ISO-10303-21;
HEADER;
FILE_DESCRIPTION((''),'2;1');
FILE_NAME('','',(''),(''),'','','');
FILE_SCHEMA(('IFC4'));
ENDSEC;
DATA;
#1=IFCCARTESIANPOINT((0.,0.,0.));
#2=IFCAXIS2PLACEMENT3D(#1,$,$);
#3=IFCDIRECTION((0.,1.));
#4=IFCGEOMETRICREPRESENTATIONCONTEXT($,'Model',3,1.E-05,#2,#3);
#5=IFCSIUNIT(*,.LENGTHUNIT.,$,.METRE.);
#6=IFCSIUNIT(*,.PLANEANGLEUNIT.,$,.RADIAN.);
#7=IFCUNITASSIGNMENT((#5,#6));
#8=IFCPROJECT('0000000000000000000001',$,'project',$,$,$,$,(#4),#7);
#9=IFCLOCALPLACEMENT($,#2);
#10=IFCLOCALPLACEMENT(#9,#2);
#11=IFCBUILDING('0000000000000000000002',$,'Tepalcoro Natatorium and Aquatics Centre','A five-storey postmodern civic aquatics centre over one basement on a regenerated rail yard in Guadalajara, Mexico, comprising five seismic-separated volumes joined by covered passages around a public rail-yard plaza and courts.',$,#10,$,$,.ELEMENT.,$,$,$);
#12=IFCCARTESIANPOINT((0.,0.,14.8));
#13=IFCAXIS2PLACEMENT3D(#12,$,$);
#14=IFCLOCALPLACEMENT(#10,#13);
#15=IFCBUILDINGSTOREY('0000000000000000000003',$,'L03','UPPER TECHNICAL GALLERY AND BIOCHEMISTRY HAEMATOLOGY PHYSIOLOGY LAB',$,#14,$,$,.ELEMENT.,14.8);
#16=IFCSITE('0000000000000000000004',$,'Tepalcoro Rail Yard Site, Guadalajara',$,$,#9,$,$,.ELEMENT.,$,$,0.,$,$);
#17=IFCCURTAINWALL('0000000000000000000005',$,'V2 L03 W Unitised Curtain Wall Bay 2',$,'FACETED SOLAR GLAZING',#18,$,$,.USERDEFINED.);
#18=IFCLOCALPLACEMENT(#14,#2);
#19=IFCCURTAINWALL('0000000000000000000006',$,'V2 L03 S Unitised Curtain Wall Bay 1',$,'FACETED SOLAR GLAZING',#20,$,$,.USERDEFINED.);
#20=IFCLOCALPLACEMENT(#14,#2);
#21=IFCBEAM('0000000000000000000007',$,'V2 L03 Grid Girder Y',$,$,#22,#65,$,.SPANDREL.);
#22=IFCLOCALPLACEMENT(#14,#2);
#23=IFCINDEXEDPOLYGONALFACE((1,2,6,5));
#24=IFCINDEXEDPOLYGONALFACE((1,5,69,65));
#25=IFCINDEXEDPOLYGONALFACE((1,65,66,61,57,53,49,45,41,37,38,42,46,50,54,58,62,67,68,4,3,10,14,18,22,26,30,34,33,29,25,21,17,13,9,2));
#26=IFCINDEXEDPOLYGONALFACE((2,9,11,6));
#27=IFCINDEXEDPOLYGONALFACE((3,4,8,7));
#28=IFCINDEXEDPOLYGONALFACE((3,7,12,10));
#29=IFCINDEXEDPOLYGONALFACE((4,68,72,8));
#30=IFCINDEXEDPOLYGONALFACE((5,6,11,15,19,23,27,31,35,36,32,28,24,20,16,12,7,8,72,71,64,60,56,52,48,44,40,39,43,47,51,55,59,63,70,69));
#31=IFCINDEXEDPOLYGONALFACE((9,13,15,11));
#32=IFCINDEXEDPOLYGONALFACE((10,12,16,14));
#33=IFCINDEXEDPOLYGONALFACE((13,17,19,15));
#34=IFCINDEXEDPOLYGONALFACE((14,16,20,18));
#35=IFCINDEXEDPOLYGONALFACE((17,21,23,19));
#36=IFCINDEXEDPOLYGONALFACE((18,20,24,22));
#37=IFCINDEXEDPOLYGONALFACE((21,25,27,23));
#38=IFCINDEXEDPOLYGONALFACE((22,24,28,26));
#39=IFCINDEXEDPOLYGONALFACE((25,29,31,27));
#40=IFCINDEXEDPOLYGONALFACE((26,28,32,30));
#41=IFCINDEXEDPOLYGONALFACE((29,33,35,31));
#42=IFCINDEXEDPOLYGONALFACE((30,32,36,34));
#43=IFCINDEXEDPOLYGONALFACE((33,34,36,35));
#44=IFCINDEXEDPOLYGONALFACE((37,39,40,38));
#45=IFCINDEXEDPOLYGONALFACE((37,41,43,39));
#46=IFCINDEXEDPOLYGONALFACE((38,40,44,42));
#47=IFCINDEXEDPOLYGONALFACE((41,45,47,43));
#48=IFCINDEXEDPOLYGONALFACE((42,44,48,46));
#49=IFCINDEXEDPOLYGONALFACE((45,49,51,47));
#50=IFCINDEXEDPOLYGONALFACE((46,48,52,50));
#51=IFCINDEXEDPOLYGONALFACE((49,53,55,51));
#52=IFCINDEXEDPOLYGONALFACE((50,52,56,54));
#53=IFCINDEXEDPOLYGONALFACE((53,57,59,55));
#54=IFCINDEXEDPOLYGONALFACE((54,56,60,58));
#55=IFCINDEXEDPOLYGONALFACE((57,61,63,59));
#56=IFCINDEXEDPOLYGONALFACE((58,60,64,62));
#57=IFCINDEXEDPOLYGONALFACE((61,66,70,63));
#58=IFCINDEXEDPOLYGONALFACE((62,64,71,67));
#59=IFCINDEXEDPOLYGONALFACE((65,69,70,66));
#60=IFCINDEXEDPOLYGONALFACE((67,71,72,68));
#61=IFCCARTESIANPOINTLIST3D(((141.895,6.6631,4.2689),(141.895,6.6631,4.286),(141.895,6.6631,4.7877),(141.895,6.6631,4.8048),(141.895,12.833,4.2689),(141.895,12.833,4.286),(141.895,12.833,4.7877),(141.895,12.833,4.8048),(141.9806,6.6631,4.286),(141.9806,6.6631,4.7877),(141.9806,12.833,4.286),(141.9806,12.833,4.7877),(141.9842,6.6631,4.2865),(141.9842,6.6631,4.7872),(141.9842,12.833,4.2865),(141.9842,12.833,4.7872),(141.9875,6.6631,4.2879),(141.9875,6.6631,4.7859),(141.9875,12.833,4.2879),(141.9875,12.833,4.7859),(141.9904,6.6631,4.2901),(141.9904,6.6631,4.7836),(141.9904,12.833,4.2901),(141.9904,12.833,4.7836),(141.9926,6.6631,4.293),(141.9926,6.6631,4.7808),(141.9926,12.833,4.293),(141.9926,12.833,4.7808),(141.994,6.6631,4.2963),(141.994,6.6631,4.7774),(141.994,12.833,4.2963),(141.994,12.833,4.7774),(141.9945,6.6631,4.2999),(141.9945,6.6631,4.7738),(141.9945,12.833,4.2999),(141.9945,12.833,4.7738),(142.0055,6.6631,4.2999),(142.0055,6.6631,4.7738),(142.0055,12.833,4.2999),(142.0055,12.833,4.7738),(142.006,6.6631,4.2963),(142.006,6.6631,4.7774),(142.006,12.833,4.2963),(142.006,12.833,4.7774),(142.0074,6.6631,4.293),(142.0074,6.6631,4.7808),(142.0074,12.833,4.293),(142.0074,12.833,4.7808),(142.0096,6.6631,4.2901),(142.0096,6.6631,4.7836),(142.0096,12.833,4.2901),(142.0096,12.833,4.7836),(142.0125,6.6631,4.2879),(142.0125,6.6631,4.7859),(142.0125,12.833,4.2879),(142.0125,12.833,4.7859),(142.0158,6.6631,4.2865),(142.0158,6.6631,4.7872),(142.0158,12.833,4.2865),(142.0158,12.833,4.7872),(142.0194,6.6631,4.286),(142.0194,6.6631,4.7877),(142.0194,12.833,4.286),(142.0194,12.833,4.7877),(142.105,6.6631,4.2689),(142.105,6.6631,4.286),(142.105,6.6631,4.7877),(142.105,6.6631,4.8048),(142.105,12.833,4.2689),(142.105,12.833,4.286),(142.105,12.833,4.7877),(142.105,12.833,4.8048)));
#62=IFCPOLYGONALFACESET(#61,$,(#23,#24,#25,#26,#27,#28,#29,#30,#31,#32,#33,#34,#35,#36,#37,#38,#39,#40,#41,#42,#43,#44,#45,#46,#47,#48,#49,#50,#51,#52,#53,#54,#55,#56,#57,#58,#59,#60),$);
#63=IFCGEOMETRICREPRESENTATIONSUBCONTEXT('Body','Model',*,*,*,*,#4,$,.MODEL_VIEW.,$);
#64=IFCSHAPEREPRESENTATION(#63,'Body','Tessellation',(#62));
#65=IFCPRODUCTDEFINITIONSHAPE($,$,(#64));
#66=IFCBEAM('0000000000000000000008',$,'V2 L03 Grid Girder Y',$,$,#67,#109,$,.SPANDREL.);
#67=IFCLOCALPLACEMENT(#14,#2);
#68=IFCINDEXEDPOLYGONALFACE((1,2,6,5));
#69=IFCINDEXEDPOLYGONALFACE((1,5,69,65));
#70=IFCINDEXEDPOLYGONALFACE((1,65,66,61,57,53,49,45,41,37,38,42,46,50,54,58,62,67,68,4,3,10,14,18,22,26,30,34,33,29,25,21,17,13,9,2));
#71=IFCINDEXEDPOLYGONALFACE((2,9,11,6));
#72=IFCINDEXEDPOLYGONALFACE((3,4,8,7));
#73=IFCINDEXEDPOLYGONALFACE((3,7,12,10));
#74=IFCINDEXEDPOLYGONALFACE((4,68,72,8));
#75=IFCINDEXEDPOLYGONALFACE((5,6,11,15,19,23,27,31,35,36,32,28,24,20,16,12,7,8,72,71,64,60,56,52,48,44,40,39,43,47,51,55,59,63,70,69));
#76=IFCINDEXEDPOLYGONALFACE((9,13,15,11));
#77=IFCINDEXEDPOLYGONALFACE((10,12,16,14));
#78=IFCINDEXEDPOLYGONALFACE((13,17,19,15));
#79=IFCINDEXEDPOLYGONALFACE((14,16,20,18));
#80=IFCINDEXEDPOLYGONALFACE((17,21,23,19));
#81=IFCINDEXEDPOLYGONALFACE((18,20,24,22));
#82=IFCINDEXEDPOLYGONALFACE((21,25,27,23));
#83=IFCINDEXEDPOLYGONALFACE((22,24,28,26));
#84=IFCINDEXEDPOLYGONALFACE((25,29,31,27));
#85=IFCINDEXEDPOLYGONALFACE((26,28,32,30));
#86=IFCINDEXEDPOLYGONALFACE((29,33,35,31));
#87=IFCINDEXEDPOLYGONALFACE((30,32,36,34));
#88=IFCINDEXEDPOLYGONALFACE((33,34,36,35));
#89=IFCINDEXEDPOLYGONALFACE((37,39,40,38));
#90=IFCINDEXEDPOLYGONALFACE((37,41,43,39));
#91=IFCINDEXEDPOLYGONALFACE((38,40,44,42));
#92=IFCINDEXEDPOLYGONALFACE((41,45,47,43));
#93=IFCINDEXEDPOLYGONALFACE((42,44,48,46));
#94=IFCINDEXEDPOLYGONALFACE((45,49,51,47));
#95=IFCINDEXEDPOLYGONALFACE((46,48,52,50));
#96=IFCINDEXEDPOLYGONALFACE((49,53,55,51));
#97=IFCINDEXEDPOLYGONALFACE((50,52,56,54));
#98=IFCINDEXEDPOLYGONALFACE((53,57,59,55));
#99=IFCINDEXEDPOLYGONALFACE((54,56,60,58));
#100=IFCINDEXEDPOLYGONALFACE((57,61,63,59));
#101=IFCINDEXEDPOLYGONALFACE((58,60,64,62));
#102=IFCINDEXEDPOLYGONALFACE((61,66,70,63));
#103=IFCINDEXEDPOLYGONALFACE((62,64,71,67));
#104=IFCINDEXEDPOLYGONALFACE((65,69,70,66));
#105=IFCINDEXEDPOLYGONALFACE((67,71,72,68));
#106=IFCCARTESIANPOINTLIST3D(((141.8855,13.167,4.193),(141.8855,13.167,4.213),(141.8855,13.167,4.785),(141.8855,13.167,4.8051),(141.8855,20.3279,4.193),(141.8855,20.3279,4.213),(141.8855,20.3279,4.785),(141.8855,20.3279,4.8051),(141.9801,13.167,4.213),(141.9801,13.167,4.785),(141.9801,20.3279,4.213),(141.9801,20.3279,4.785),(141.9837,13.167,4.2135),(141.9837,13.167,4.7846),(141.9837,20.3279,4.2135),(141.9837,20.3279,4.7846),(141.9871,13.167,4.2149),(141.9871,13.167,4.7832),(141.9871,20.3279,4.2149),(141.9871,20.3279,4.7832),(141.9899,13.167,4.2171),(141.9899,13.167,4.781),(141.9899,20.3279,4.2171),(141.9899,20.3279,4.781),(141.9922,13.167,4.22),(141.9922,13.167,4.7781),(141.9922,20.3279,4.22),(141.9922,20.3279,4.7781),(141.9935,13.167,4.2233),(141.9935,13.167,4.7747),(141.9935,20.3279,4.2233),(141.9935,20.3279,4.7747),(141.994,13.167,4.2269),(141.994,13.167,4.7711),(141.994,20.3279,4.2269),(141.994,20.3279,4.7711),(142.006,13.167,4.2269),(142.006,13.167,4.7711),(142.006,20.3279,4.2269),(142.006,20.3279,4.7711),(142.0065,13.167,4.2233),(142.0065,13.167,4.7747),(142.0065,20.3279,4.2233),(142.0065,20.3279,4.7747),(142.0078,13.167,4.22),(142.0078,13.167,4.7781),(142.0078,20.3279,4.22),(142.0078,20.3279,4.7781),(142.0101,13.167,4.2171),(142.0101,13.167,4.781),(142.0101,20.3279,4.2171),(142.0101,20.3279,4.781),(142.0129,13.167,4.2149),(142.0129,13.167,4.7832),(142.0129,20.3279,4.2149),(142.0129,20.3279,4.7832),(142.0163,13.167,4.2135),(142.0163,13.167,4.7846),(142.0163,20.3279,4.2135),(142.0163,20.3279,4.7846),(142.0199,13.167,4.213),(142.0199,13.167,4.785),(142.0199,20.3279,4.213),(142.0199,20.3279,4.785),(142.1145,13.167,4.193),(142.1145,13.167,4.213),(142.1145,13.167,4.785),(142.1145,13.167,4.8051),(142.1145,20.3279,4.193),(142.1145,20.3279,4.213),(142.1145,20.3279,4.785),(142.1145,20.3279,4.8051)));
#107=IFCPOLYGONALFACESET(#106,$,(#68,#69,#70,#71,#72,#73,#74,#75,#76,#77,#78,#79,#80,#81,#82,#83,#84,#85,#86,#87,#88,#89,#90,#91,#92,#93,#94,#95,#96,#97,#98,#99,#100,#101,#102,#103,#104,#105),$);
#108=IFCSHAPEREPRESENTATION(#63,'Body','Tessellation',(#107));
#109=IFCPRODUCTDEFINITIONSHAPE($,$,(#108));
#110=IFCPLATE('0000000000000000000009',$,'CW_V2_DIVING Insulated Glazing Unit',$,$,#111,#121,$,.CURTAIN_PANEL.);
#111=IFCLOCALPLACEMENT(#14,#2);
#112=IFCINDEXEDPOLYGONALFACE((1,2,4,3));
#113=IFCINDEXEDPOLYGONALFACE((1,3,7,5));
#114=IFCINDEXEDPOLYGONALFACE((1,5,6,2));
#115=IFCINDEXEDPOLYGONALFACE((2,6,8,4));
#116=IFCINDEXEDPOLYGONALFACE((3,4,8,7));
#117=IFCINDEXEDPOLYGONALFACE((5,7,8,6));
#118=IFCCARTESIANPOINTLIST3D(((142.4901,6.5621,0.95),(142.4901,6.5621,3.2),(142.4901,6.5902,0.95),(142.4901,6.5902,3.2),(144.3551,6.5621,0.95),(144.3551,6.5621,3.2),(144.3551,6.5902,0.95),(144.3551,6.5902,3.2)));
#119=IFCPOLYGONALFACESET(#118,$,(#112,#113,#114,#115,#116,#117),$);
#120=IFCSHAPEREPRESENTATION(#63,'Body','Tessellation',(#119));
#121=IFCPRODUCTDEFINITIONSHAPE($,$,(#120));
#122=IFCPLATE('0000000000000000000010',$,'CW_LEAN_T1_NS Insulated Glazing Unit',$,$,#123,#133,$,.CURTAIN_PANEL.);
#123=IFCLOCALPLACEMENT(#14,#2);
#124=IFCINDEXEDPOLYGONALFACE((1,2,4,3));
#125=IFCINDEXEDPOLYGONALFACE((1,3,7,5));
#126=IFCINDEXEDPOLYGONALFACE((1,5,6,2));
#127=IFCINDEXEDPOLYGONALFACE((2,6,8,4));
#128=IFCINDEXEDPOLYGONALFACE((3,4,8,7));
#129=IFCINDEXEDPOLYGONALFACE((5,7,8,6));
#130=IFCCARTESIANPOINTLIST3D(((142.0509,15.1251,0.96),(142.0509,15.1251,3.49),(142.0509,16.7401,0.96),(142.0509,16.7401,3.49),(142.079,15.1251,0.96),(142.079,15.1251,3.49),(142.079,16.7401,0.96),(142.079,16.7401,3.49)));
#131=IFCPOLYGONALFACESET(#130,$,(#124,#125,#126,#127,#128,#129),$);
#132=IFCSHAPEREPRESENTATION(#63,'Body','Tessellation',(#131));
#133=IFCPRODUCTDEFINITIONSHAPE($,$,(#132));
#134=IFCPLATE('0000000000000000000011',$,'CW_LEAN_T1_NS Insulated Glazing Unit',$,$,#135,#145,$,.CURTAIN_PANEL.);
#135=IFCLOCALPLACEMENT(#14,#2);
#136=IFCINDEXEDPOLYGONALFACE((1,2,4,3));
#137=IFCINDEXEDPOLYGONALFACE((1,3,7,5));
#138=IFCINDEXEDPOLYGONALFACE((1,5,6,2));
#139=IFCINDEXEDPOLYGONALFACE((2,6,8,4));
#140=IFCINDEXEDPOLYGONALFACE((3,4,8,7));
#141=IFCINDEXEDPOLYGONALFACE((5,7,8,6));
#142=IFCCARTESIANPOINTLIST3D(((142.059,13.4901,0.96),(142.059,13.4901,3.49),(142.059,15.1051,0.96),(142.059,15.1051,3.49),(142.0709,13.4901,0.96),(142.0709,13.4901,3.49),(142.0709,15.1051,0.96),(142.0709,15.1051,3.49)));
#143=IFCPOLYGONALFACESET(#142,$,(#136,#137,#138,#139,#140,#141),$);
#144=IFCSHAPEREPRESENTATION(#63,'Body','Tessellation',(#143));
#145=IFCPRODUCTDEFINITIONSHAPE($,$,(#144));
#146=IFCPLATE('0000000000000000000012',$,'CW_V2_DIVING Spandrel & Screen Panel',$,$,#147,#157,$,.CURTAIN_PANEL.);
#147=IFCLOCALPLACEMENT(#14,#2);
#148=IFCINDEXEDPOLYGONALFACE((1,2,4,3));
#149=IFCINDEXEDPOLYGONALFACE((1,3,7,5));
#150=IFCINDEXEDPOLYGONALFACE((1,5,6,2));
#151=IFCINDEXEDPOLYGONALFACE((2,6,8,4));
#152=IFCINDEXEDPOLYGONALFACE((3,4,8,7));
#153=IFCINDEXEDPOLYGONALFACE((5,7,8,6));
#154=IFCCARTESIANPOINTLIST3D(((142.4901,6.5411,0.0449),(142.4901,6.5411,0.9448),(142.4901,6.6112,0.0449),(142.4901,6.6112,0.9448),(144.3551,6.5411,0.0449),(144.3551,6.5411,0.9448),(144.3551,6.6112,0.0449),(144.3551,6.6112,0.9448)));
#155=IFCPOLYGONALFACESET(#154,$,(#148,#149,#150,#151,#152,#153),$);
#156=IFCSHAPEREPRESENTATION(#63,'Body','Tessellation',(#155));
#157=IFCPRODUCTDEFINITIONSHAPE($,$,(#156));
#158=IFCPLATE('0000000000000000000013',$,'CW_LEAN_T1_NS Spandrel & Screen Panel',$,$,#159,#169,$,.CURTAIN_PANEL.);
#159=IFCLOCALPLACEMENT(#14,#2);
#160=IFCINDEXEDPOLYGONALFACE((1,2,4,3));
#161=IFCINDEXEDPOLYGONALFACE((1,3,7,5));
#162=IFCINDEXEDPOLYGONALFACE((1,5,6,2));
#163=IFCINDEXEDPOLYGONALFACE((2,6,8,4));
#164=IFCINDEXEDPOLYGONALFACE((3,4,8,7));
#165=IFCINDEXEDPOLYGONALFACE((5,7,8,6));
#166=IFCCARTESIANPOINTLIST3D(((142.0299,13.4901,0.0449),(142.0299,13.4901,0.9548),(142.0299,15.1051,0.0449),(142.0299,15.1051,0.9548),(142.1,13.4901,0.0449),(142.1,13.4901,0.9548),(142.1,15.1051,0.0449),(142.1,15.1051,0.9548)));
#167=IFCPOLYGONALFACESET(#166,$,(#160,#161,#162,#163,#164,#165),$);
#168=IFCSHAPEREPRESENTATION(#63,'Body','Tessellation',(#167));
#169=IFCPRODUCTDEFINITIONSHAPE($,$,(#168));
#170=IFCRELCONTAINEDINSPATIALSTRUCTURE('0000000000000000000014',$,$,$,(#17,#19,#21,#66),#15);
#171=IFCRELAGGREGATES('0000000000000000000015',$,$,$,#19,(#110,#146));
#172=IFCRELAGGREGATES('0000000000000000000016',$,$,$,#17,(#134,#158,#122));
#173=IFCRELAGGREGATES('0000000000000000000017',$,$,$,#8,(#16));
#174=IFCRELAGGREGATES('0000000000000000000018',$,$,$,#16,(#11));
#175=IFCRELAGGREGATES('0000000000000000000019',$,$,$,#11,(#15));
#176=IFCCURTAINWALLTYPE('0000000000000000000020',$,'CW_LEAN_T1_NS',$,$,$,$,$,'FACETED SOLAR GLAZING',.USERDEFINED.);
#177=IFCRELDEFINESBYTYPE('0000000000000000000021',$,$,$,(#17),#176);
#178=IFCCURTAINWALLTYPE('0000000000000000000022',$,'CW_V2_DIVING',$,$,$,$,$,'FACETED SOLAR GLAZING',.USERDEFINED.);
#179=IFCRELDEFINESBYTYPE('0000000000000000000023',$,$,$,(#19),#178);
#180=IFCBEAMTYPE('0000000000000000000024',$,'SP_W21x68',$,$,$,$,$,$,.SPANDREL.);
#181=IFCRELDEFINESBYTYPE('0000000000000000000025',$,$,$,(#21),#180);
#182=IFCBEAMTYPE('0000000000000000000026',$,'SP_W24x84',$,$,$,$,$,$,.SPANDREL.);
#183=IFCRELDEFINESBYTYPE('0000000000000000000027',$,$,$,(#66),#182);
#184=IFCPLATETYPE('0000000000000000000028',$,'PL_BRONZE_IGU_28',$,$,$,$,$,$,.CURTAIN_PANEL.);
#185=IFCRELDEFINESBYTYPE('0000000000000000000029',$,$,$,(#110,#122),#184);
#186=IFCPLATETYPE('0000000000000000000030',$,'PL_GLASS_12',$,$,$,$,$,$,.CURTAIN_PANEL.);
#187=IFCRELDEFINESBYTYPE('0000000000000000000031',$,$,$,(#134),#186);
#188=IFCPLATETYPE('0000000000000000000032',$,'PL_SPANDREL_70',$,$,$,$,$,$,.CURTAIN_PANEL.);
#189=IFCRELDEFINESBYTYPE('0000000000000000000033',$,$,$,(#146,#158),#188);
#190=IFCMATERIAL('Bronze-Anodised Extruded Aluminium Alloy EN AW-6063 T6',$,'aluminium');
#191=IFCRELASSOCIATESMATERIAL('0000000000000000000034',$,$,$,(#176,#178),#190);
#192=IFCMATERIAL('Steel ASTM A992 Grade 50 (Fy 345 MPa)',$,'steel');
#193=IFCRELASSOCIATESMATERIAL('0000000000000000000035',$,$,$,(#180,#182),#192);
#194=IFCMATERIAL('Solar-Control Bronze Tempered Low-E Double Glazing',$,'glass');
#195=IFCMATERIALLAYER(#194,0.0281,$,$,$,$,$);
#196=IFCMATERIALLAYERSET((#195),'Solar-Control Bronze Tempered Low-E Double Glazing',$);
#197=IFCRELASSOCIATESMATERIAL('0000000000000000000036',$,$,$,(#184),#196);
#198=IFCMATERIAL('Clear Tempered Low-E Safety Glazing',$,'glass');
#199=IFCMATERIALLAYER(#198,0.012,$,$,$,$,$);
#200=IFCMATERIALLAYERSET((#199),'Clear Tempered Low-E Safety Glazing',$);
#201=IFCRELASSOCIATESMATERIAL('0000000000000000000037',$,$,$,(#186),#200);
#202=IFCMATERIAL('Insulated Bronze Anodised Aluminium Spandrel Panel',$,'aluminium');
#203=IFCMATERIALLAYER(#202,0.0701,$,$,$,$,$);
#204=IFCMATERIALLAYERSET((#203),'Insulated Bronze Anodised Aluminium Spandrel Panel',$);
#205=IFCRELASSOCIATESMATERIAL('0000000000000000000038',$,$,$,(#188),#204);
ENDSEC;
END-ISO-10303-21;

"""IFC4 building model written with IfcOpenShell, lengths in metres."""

from ifc_helpers import new_model, si_unit, direction, frame, origin, origin_2d, place, context, subcontext, project, spatial, rectangle, i_section, extrude, material, layer, layer_set, material_profile, profile_set, type_object, element, aggregate, save


model = new_model("IFC4")

# Units and contexts
model_context = context("Model", 3, precision=1e-05, world=origin(), true_north=direction((0.0, 1.0)))
body_context = subcontext(model_context, "Body", "Model", "MODEL_VIEW")
ifc_project = project(units=[si_unit("LENGTHUNIT", "METRE"), si_unit("PLANEANGLEUNIT", "RADIAN")], contexts=[model_context])

# Site, building, storey
site_placement = place(None, origin())
site = spatial("IfcSite", under=ifc_project, at=site_placement, Name="Tepalcoro Rail Yard Site, Guadalajara", CompositionType="ELEMENT", RefElevation=0.0)
building_placement = place(site_placement, origin())
building = spatial("IfcBuilding", under=site, at=building_placement, Name="Tepalcoro Natatorium and Aquatics Centre", Description="A five-storey postmodern civic aquatics centre over one basement on a regenerated rail yard in Guadalajara, Mexico, comprising five seismic-separated volumes joined by covered passages around a public rail-yard plaza and courts.", CompositionType="ELEMENT")
storey_placement = place(building_placement, frame((0.0, 0.0, 14.8)))
storey = spatial("IfcBuildingStorey", under=building, at=storey_placement, Name="L03", Description="UPPER TECHNICAL GALLERY AND BIOCHEMISTRY HAEMATOLOGY PHYSIOLOGY LAB", CompositionType="ELEMENT", Elevation=14.8)

# Shared definitions
ifc_material_1 = material(Name="Steel ASTM A992 Grade 50 (Fy 345 MPa)", Category="steel")

# Curtain walls
ifc_material_2 = material(Name="Bronze-Anodised Extruded Aluminium Alloy EN AW-6063 T6", Category="aluminium")
curtain_wall_type_1 = type_object("IfcCurtainWallType", Name="CW_LEAN_T1_NS", ElementType="FACETED SOLAR GLAZING", PredefinedType="USERDEFINED", material=ifc_material_2)
curtain_wall_1_placement = place(storey_placement, origin())
curtain_wall_1 = element("IfcCurtainWall", 1, at=curtain_wall_1_placement, inside=storey, type_object=curtain_wall_type_1, Name="V2 L03 W Unitised Curtain Wall Bay 2", ObjectType="FACETED SOLAR GLAZING", PredefinedType="USERDEFINED")
curtain_wall_type_2 = type_object("IfcCurtainWallType", Name="CW_V2_DIVING", ElementType="FACETED SOLAR GLAZING", PredefinedType="USERDEFINED", material=ifc_material_2)
curtain_wall_2_placement = place(storey_placement, origin())
curtain_wall_2 = element("IfcCurtainWall", 2, at=curtain_wall_2_placement, inside=storey, type_object=curtain_wall_type_2, Name="V2 L03 S Unitised Curtain Wall Bay 1", ObjectType="FACETED SOLAR GLAZING", PredefinedType="USERDEFINED")

# Beams
ifc_material_profile_1 = material_profile(ifc_material_1, i_section(OverallWidth=0.21, OverallDepth=0.5359, WebThickness=0.011, FlangeThickness=0.0171, FilletRadius=0.0139, at=origin_2d()), Name="W21X68")
ifc_profile_set_1 = profile_set([ifc_material_profile_1], Name="Steel ASTM A992 Grade 50 (Fy 345 MPa)")
beam_type_1 = type_object("IfcBeamType", Name="SP_W21x68", PredefinedType="SPANDREL", material=ifc_profile_set_1)
beam_1_placement = place(storey_placement, frame((142.0, 6.6631, 4.5369), z_axis=(0.0, 1.0, 0.0), x_axis=(-1.0, 0.0, 0.0)))
element("IfcBeam", 3, at=beam_1_placement, inside=storey, type_object=beam_type_1, Name="V2 L03 Grid Girder Y", PredefinedType="SPANDREL", context=body_context, shape_type="SweptSolid", body=[
    extrude(i_section(OverallWidth=0.21, OverallDepth=0.5359, WebThickness=0.011, FlangeThickness=0.0171, FilletRadius=0.0139, at=origin_2d()), origin(), (0.0, 0.0, 1.0), 6.1699),
])
ifc_material_profile_2 = material_profile(ifc_material_1, i_section(OverallWidth=0.229, OverallDepth=0.6121, WebThickness=0.012, FlangeThickness=0.02, FilletRadius=0.0139, at=origin_2d()), Name="W24X84")
ifc_profile_set_2 = profile_set([ifc_material_profile_2], Name="Steel ASTM A992 Grade 50 (Fy 345 MPa)")
beam_type_2 = type_object("IfcBeamType", Name="SP_W24x84", PredefinedType="SPANDREL", material=ifc_profile_set_2)
beam_2_placement = place(storey_placement, frame((142.0, 13.167, 4.499), z_axis=(0.0, 1.0, 0.0), x_axis=(-1.0, 0.0, 0.0)))
element("IfcBeam", 4, at=beam_2_placement, inside=storey, type_object=beam_type_2, Name="V2 L03 Grid Girder Y", PredefinedType="SPANDREL", context=body_context, shape_type="SweptSolid", body=[
    extrude(i_section(OverallWidth=0.229, OverallDepth=0.6121, WebThickness=0.012, FlangeThickness=0.02, FilletRadius=0.0139, at=origin_2d()), origin(), (0.0, 0.0, 1.0), 7.1609),
])

# Plates
ifc_material_3 = material(Name="Solar-Control Bronze Tempered Low-E Double Glazing", Category="glass")
ifc_layer_1 = layer(ifc_material_3, 0.0281)
ifc_layer_set_1 = layer_set([ifc_layer_1], Name="Solar-Control Bronze Tempered Low-E Double Glazing")
plate_type_1 = type_object("IfcPlateType", Name="PL_BRONZE_IGU_28", PredefinedType="CURTAIN_PANEL", material=ifc_layer_set_1)
plate_1_placement = place(storey_placement, frame((143.4226, 6.5762, 0.95), z_axis=(0.0, 0.0, 1.0), x_axis=(1.0, 0.0, 0.0)))
plate_1 = element("IfcPlate", 5, at=plate_1_placement, type_object=plate_type_1, Name="CW_V2_DIVING Insulated Glazing Unit", PredefinedType="CURTAIN_PANEL", context=body_context, shape_type="SweptSolid", body=[
    extrude(rectangle(XDim=1.865, YDim=0.0281, at=origin_2d()), origin(), (0.0, 0.0, 1.0), 2.25),
])
plate_2_placement = place(storey_placement, frame((142.0649, 15.9326, 0.96), z_axis=(0.0, 0.0, 1.0), x_axis=(1.0, 0.0, 0.0)))
plate_2 = element("IfcPlate", 6, at=plate_2_placement, type_object=plate_type_1, Name="CW_LEAN_T1_NS Insulated Glazing Unit", PredefinedType="CURTAIN_PANEL", context=body_context, shape_type="SweptSolid", body=[
    extrude(rectangle(XDim=0.0281, YDim=1.615, at=origin_2d()), origin(), (0.0, 0.0, 1.0), 2.53),
])
ifc_material_4 = material(Name="Clear Tempered Low-E Safety Glazing", Category="glass")
ifc_layer_2 = layer(ifc_material_4, 0.012)
ifc_layer_set_2 = layer_set([ifc_layer_2], Name="Clear Tempered Low-E Safety Glazing")
plate_type_2 = type_object("IfcPlateType", Name="PL_GLASS_12", PredefinedType="CURTAIN_PANEL", material=ifc_layer_set_2)
plate_3_placement = place(storey_placement, frame((142.0649, 14.2976, 0.96), z_axis=(0.0, 0.0, 1.0), x_axis=(1.0, 0.0, 0.0)))
plate_3 = element("IfcPlate", 7, at=plate_3_placement, type_object=plate_type_2, Name="CW_LEAN_T1_NS Insulated Glazing Unit", PredefinedType="CURTAIN_PANEL", context=body_context, shape_type="SweptSolid", body=[
    extrude(rectangle(XDim=0.012, YDim=1.615, at=origin_2d()), origin(), (0.0, 0.0, 1.0), 2.53),
])
ifc_material_5 = material(Name="Insulated Bronze Anodised Aluminium Spandrel Panel", Category="aluminium")
ifc_layer_3 = layer(ifc_material_5, 0.0701)
ifc_layer_set_3 = layer_set([ifc_layer_3], Name="Insulated Bronze Anodised Aluminium Spandrel Panel")
plate_type_3 = type_object("IfcPlateType", Name="PL_SPANDREL_70", PredefinedType="CURTAIN_PANEL", material=ifc_layer_set_3)
plate_4_placement = place(storey_placement, frame((143.4226, 6.5762, 0.0449), z_axis=(0.0, 0.0, 1.0), x_axis=(1.0, 0.0, 0.0)))
plate_4 = element("IfcPlate", 8, at=plate_4_placement, type_object=plate_type_3, Name="CW_V2_DIVING Spandrel & Screen Panel", PredefinedType="CURTAIN_PANEL", context=body_context, shape_type="SweptSolid", body=[
    extrude(rectangle(XDim=1.865, YDim=0.0701, at=origin_2d()), origin(), (0.0, 0.0, 1.0), 0.8999),
])
aggregate(curtain_wall_2, [plate_1, plate_4])
plate_5_placement = place(storey_placement, frame((142.0649, 14.2976, 0.0449), z_axis=(0.0, 0.0, 1.0), x_axis=(1.0, 0.0, 0.0)))
plate_5 = element("IfcPlate", 9, at=plate_5_placement, type_object=plate_type_3, Name="CW_LEAN_T1_NS Spandrel & Screen Panel", PredefinedType="CURTAIN_PANEL", context=body_context, shape_type="SweptSolid", body=[
    extrude(rectangle(XDim=0.0701, YDim=1.615, at=origin_2d()), origin(), (0.0, 0.0, 1.0), 0.9099),
])
aggregate(curtain_wall_1, [plate_3, plate_5, plate_2])

save(model, "model.ifc")
